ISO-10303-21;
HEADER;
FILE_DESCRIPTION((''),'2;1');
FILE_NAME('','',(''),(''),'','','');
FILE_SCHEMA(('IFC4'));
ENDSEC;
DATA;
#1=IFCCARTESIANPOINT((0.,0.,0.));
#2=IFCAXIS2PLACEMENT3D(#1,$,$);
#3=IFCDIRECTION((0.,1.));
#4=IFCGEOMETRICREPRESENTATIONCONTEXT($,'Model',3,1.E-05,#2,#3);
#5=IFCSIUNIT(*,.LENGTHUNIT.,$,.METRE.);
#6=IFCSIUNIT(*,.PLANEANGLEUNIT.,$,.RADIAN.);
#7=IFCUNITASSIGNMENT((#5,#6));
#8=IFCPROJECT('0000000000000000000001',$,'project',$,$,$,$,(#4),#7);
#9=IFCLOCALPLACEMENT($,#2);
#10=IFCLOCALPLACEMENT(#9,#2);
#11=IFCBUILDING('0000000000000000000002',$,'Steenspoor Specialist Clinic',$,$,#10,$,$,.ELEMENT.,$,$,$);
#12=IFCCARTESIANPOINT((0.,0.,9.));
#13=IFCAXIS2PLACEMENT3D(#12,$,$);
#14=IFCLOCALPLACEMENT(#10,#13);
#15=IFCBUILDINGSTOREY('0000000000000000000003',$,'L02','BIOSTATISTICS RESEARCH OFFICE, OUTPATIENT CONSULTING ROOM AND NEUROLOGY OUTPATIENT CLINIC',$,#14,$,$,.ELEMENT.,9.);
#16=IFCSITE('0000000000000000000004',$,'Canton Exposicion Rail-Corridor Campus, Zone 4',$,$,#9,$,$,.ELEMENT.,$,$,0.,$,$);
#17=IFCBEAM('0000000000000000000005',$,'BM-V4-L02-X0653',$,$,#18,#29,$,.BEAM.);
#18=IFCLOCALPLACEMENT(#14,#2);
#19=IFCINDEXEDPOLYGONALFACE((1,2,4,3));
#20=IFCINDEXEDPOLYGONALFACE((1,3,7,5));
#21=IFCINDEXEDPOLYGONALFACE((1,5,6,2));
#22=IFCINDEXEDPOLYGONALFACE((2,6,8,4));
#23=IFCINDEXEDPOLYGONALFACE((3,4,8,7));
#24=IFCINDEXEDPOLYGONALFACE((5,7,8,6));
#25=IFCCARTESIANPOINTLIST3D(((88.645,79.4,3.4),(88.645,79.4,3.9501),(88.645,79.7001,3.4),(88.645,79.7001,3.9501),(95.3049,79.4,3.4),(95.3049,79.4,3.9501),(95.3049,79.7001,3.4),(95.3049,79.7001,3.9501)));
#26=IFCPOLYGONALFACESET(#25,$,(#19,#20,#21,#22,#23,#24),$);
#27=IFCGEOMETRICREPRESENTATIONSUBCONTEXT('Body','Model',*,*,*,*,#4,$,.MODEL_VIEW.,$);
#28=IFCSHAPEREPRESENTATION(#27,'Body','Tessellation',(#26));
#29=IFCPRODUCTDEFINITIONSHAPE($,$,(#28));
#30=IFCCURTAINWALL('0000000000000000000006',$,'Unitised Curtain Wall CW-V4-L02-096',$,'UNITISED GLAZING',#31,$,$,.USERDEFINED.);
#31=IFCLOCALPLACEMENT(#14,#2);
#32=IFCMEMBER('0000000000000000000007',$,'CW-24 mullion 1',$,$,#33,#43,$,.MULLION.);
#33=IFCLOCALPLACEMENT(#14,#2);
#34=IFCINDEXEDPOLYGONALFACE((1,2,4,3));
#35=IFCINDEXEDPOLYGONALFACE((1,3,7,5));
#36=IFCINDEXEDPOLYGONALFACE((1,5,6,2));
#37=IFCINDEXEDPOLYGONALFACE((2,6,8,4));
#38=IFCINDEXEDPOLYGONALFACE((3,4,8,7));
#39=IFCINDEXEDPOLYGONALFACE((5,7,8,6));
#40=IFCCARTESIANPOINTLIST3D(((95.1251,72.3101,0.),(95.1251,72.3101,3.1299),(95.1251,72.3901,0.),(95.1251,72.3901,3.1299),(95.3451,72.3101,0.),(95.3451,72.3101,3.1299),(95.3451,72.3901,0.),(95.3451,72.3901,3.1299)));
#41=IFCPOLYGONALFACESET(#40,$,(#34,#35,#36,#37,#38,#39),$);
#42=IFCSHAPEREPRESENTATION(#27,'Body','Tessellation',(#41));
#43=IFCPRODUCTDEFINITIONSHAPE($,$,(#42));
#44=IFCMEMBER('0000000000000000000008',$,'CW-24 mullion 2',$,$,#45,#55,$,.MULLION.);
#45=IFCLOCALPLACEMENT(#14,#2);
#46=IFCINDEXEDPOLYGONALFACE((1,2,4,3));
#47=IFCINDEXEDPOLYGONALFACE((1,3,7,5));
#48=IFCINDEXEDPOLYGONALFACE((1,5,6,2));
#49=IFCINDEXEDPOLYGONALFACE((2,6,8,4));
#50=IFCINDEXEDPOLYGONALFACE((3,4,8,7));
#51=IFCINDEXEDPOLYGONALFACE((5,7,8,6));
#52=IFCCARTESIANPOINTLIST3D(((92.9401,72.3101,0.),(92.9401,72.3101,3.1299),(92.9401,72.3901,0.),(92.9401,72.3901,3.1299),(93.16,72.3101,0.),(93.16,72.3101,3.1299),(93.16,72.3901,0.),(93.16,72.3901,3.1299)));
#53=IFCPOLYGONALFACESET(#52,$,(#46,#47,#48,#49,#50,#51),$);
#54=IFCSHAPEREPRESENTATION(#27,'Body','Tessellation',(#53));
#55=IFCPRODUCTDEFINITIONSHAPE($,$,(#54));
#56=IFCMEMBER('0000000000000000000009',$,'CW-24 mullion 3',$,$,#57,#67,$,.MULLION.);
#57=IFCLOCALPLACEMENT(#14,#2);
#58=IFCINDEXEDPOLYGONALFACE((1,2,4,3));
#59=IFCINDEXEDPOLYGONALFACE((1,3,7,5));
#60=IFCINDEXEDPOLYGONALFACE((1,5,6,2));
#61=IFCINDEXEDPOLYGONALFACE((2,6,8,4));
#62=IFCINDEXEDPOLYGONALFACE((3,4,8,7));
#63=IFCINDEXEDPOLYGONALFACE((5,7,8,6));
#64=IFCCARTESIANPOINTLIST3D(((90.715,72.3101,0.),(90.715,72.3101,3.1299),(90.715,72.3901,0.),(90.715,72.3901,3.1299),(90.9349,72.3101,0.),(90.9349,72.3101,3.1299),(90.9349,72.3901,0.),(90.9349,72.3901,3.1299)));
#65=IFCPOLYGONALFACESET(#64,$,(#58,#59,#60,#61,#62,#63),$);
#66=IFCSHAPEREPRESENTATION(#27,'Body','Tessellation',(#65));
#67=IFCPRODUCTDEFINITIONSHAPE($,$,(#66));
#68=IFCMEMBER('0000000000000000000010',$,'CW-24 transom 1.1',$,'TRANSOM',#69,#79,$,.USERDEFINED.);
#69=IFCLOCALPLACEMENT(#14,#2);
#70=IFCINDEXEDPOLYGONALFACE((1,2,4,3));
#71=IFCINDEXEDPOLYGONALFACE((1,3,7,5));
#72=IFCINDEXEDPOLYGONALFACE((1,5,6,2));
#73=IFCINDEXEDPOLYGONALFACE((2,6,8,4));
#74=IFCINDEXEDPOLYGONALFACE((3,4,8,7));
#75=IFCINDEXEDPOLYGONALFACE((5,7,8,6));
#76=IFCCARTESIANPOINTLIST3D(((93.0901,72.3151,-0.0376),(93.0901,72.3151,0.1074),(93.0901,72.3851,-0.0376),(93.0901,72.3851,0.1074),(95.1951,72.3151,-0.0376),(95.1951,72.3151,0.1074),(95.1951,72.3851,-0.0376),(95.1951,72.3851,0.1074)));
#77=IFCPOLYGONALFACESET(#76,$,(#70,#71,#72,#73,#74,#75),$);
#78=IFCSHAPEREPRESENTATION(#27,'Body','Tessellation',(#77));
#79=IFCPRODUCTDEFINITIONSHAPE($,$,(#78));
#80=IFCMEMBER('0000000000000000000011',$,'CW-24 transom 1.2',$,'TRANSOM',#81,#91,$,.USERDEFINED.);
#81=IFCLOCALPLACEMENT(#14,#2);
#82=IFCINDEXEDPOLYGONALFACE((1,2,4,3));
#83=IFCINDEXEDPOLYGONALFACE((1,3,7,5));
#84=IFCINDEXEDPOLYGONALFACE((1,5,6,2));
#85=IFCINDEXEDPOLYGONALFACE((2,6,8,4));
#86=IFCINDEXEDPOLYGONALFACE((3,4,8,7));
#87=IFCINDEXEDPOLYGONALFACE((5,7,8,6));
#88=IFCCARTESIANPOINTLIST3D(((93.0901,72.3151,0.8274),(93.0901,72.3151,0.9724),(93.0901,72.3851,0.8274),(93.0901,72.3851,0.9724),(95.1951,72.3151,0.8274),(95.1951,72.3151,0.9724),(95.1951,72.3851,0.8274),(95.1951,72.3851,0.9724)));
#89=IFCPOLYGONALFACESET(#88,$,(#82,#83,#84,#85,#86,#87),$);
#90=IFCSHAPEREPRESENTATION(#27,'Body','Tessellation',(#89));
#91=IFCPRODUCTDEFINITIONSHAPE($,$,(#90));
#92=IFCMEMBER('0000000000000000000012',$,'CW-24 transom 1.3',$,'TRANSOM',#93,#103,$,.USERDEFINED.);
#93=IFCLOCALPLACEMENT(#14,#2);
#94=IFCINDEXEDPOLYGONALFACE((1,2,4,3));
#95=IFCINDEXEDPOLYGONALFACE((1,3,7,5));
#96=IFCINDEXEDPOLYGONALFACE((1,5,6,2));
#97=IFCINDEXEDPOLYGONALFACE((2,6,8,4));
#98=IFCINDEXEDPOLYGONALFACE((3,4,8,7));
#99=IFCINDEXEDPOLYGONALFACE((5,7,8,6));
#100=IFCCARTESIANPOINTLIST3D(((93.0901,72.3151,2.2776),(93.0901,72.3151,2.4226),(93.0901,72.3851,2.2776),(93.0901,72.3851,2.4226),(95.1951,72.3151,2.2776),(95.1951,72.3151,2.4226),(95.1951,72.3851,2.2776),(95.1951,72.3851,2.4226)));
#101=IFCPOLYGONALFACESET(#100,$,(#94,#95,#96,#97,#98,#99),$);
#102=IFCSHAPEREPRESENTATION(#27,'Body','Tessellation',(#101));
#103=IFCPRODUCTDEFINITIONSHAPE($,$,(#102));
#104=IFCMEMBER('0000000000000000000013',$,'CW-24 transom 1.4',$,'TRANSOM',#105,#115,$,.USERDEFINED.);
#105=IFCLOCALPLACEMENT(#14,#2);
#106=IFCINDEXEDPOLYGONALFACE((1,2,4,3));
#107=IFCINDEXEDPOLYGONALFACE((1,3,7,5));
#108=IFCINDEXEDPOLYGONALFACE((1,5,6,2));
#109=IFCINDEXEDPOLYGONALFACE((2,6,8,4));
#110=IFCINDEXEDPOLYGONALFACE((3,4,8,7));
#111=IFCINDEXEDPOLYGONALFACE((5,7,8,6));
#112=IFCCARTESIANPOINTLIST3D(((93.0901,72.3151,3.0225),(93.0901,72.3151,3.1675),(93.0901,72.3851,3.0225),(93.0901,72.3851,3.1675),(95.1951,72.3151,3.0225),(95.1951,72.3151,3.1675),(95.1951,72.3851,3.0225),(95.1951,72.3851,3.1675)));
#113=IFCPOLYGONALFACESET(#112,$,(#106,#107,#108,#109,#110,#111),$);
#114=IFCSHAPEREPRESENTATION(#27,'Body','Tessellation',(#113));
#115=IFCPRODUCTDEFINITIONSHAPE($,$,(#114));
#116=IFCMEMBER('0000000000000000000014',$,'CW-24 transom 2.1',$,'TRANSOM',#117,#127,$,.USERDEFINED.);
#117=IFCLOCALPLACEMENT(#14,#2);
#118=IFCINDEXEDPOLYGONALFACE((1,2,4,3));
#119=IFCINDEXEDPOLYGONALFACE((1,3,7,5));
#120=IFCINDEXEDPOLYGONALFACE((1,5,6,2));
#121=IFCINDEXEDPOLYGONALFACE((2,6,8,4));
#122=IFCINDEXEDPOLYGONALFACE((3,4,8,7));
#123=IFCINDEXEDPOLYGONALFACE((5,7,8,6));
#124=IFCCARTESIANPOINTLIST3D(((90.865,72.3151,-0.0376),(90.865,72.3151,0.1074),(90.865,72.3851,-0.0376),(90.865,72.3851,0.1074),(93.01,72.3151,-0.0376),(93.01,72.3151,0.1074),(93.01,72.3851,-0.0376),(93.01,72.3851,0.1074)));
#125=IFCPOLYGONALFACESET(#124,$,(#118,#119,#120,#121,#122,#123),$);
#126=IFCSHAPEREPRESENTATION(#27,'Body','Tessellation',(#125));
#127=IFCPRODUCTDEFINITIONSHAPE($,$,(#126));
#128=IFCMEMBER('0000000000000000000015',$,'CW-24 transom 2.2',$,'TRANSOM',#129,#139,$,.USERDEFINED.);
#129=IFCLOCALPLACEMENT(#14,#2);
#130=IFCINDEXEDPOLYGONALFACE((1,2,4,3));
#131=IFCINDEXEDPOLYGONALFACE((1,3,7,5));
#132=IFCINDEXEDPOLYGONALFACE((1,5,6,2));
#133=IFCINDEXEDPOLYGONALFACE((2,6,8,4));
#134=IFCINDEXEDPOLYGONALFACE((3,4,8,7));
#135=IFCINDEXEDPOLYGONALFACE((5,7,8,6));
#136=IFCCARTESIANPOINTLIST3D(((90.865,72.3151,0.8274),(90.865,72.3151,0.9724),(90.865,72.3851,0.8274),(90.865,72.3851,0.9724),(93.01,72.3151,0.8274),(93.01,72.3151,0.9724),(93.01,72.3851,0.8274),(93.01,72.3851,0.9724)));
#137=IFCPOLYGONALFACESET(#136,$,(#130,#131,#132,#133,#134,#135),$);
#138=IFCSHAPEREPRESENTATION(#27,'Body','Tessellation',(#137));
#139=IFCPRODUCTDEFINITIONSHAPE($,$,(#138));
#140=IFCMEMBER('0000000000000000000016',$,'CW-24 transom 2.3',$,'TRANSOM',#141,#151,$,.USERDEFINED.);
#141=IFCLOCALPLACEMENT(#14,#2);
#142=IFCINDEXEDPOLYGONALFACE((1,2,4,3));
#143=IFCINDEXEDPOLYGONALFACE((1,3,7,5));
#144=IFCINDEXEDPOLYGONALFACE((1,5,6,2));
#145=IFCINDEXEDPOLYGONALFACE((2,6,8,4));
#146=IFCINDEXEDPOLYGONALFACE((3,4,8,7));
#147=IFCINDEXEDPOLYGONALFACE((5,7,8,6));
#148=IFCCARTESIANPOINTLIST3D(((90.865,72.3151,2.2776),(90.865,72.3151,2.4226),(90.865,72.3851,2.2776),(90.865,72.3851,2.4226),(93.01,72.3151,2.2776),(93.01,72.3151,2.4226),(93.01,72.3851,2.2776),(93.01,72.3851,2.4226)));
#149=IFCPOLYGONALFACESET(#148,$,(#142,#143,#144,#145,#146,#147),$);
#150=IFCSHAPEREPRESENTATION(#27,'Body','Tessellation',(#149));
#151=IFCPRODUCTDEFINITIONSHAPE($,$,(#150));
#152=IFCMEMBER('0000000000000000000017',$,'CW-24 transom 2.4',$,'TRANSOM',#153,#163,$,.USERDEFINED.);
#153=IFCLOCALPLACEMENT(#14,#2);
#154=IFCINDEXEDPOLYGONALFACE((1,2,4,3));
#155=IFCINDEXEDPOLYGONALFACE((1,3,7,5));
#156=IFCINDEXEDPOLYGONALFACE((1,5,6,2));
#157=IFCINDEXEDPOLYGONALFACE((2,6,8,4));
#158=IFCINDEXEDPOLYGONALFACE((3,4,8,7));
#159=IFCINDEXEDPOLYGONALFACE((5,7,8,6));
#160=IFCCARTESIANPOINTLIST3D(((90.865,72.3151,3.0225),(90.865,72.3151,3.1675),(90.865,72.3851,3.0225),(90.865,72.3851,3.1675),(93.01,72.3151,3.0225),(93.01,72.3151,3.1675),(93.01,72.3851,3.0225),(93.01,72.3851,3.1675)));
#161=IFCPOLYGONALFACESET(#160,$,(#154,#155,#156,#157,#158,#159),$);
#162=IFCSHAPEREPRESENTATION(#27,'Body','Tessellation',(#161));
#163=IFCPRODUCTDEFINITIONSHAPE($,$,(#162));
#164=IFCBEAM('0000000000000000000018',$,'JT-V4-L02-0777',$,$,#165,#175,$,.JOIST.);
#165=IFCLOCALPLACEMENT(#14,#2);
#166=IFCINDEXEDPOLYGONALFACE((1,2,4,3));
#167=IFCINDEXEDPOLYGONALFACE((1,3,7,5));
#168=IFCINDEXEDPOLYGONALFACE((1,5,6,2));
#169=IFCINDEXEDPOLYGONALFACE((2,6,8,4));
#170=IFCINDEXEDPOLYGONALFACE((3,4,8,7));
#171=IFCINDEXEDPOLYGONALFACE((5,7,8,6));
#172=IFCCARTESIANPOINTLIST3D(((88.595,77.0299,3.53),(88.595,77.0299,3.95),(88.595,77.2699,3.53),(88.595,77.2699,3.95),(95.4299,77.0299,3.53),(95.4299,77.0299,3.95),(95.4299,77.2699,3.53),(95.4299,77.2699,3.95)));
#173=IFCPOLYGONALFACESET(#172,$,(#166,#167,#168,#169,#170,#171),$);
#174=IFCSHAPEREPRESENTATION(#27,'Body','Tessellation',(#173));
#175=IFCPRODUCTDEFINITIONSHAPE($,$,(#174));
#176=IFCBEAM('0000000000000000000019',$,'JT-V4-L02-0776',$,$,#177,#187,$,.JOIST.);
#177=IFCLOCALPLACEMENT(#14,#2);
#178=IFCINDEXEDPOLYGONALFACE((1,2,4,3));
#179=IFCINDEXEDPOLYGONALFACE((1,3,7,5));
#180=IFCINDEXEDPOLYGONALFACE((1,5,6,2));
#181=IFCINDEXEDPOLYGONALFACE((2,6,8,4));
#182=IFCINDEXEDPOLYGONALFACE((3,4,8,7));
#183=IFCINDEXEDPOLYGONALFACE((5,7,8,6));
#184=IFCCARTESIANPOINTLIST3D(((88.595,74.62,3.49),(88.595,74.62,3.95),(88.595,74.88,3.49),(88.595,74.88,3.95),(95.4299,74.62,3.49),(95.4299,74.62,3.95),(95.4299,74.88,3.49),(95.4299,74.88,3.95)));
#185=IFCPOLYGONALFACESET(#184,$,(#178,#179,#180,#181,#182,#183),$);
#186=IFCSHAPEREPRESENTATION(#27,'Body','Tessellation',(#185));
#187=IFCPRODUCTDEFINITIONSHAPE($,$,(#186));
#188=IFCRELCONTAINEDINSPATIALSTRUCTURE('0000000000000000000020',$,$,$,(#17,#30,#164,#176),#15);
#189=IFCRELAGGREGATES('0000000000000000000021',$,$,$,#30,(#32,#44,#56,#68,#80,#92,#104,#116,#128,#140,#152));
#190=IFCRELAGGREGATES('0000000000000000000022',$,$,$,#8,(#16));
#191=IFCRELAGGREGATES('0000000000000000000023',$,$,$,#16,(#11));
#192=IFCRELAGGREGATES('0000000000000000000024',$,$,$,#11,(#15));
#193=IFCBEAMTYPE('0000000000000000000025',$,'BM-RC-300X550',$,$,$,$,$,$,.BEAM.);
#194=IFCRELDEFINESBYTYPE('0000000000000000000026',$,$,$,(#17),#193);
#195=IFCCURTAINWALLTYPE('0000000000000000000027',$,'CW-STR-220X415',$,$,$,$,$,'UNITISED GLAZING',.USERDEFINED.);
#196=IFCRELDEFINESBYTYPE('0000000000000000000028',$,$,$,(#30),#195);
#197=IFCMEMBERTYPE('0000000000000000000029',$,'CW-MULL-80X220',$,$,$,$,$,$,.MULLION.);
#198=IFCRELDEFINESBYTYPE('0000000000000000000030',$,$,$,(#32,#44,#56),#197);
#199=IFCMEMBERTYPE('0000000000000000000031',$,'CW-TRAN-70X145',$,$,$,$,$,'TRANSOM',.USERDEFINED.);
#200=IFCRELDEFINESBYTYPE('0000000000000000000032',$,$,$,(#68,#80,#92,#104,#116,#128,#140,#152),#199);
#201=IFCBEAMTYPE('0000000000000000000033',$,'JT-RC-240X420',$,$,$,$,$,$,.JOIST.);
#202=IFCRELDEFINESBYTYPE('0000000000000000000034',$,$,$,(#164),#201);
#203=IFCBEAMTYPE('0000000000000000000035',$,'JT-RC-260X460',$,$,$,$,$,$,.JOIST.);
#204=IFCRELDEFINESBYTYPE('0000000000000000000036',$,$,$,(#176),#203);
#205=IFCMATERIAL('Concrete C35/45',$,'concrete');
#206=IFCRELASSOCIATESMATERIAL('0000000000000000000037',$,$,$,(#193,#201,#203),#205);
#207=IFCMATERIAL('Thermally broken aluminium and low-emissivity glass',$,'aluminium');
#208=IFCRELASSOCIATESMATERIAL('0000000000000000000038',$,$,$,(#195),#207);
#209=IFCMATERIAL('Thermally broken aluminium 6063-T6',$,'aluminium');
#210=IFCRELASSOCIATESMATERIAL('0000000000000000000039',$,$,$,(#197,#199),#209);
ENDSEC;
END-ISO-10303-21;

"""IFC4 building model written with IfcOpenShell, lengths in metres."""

from ifc_helpers import new_model, si_unit, direction, frame, origin, origin_2d, place, context, subcontext, project, spatial, rectangle, extrude, material, material_profile, profile_set, type_object, element, aggregate, save


model = new_model("IFC4")

# Units and contexts
model_context = context("Model", 3, precision=1e-05, world=origin(), true_north=direction((0.0, 1.0)))
body_context = subcontext(model_context, "Body", "Model", "MODEL_VIEW")
ifc_project = project(units=[si_unit("LENGTHUNIT", "METRE"), si_unit("PLANEANGLEUNIT", "RADIAN")], contexts=[model_context])

# Site, building, storey
site_placement = place(None, origin())
site = spatial("IfcSite", under=ifc_project, at=site_placement, Name="Canton Exposicion Rail-Corridor Campus, Zone 4", CompositionType="ELEMENT", RefElevation=0.0)
building_placement = place(site_placement, origin())
building = spatial("IfcBuilding", under=site, at=building_placement, Name="Steenspoor Specialist Clinic", CompositionType="ELEMENT")
storey_placement = place(building_placement, frame((0.0, 0.0, 9.0)))
storey = spatial("IfcBuildingStorey", under=building, at=storey_placement, Name="L02", Description="BIOSTATISTICS RESEARCH OFFICE, OUTPATIENT CONSULTING ROOM AND NEUROLOGY OUTPATIENT CLINIC", CompositionType="ELEMENT", Elevation=9.0)

# Beam
ifc_material_1 = material(Name="Concrete C35/45", Category="concrete")
ifc_material_profile_1 = material_profile(ifc_material_1, rectangle(XDim=0.3, YDim=0.55, at=origin_2d()), Name="RC-BM-300X550")
ifc_profile_set_1 = profile_set([ifc_material_profile_1], Name="Concrete C35/45")
beam_type_1 = type_object("IfcBeamType", Name="BM-RC-300X550", PredefinedType="BEAM", material=ifc_profile_set_1)
beam_1_placement = place(storey_placement, frame((88.645, 79.55, 3.675), z_axis=(1.0, 0.0, 0.0), x_axis=(0.0, 1.0, 0.0)))
element("IfcBeam", 1, at=beam_1_placement, inside=storey, type_object=beam_type_1, Name="BM-V4-L02-X0653", PredefinedType="BEAM", context=body_context, shape_type="SweptSolid", body=[
    extrude(rectangle(XDim=0.3, YDim=0.55, at=origin_2d()), origin(), (0.0, 0.0, 1.0), 6.6599),
])

# Curtain wall, members
ifc_material_2 = material(Name="Thermally broken aluminium and low-emissivity glass", Category="aluminium")
curtain_wall_type = type_object("IfcCurtainWallType", Name="CW-STR-220X415", ElementType="UNITISED GLAZING", PredefinedType="USERDEFINED", material=ifc_material_2)
curtain_wall_placement = place(storey_placement, origin())
curtain_wall = element("IfcCurtainWall", 2, at=curtain_wall_placement, inside=storey, type_object=curtain_wall_type, Name="Unitised Curtain Wall CW-V4-L02-096", ObjectType="UNITISED GLAZING", PredefinedType="USERDEFINED")
ifc_material_3 = material(Name="Thermally broken aluminium 6063-T6", Category="aluminium")
ifc_material_profile_2 = material_profile(ifc_material_3, rectangle(XDim=0.0801, YDim=0.22, at=origin_2d()), Name="CWM-80X220")
ifc_profile_set_2 = profile_set([ifc_material_profile_2], Name="Thermally broken aluminium 6063-T6")
member_type_1 = type_object("IfcMemberType", Name="CW-MULL-80X220", PredefinedType="MULLION", material=ifc_profile_set_2)
member_1_placement = place(storey_placement, frame((95.2351, 72.3501, 0.0), z_axis=(0.0, 0.0, 1.0), x_axis=(0.0, -1.0, 0.0)))
member_1 = element("IfcMember", 3, at=member_1_placement, type_object=member_type_1, Name="CW-24 mullion 1", PredefinedType="MULLION", context=body_context, shape_type="SweptSolid", body=[
    extrude(rectangle(XDim=0.0801, YDim=0.22, at=origin_2d()), origin(), (0.0, 0.0, 1.0), 3.1299),
])
member_2_placement = place(storey_placement, frame((93.05, 72.3501, 0.0), z_axis=(0.0, 0.0, 1.0), x_axis=(0.0, -1.0, 0.0)))
member_2 = element("IfcMember", 4, at=member_2_placement, type_object=member_type_1, Name="CW-24 mullion 2", PredefinedType="MULLION", context=body_context, shape_type="SweptSolid", body=[
    extrude(rectangle(XDim=0.0801, YDim=0.22, at=origin_2d()), origin(), (0.0, 0.0, 1.0), 3.1299),
])
member_3_placement = place(storey_placement, frame((90.825, 72.3501, 0.0), z_axis=(0.0, 0.0, 1.0), x_axis=(0.0, -1.0, 0.0)))
member_3 = element("IfcMember", 5, at=member_3_placement, type_object=member_type_1, Name="CW-24 mullion 3", PredefinedType="MULLION", context=body_context, shape_type="SweptSolid", body=[
    extrude(rectangle(XDim=0.0801, YDim=0.22, at=origin_2d()), origin(), (0.0, 0.0, 1.0), 3.1299),
])
ifc_material_profile_3 = material_profile(ifc_material_3, rectangle(XDim=0.0701, YDim=0.145, at=origin_2d()), Name="CWT-70X145")
ifc_profile_set_3 = profile_set([ifc_material_profile_3], Name="Thermally broken aluminium 6063-T6")
member_type_2 = type_object("IfcMemberType", Name="CW-TRAN-70X145", ElementType="TRANSOM", PredefinedType="USERDEFINED", material=ifc_profile_set_3)
member_4_placement = place(storey_placement, frame((95.1951, 72.3501, 0.0349), z_axis=(-1.0, 0.0, 0.0), x_axis=(0.0, -1.0, 0.0)))
member_4 = element("IfcMember", 6, at=member_4_placement, type_object=member_type_2, Name="CW-24 transom 1.1", ObjectType="TRANSOM", PredefinedType="USERDEFINED", context=body_context, shape_type="SweptSolid", body=[
    extrude(rectangle(XDim=0.0701, YDim=0.145, at=origin_2d()), origin(), (0.0, 0.0, 1.0), 2.105),
])
member_5_placement = place(storey_placement, frame((95.1951, 72.3501, 0.8999), z_axis=(-1.0, 0.0, 0.0), x_axis=(0.0, -1.0, 0.0)))
member_5 = element("IfcMember", 7, at=member_5_placement, type_object=member_type_2, Name="CW-24 transom 1.2", ObjectType="TRANSOM", PredefinedType="USERDEFINED", context=body_context, shape_type="SweptSolid", body=[
    extrude(rectangle(XDim=0.0701, YDim=0.145, at=origin_2d()), origin(), (0.0, 0.0, 1.0), 2.105),
])
member_6_placement = place(storey_placement, frame((95.1951, 72.3501, 2.3501), z_axis=(-1.0, 0.0, 0.0), x_axis=(0.0, -1.0, 0.0)))
member_6 = element("IfcMember", 8, at=member_6_placement, type_object=member_type_2, Name="CW-24 transom 1.3", ObjectType="TRANSOM", PredefinedType="USERDEFINED", context=body_context, shape_type="SweptSolid", body=[
    extrude(rectangle(XDim=0.0701, YDim=0.145, at=origin_2d()), origin(), (0.0, 0.0, 1.0), 2.105),
])
member_7_placement = place(storey_placement, frame((95.1951, 72.3501, 3.095), z_axis=(-1.0, 0.0, 0.0), x_axis=(0.0, -1.0, 0.0)))
member_7 = element("IfcMember", 9, at=member_7_placement, type_object=member_type_2, Name="CW-24 transom 1.4", ObjectType="TRANSOM", PredefinedType="USERDEFINED", context=body_context, shape_type="SweptSolid", body=[
    extrude(rectangle(XDim=0.0701, YDim=0.145, at=origin_2d()), origin(), (0.0, 0.0, 1.0), 2.105),
])
member_8_placement = place(storey_placement, frame((93.01, 72.3501, 0.0349), z_axis=(-1.0, 0.0, 0.0), x_axis=(0.0, -1.0, 0.0)))
member_8 = element("IfcMember", 10, at=member_8_placement, type_object=member_type_2, Name="CW-24 transom 2.1", ObjectType="TRANSOM", PredefinedType="USERDEFINED", context=body_context, shape_type="SweptSolid", body=[
    extrude(rectangle(XDim=0.0701, YDim=0.145, at=origin_2d()), origin(), (0.0, 0.0, 1.0), 2.145),
])
member_9_placement = place(storey_placement, frame((93.01, 72.3501, 0.8999), z_axis=(-1.0, 0.0, 0.0), x_axis=(0.0, -1.0, 0.0)))
member_9 = element("IfcMember", 11, at=member_9_placement, type_object=member_type_2, Name="CW-24 transom 2.2", ObjectType="TRANSOM", PredefinedType="USERDEFINED", context=body_context, shape_type="SweptSolid", body=[
    extrude(rectangle(XDim=0.0701, YDim=0.145, at=origin_2d()), origin(), (0.0, 0.0, 1.0), 2.145),
])
member_10_placement = place(storey_placement, frame((93.01, 72.3501, 2.3501), z_axis=(-1.0, 0.0, 0.0), x_axis=(0.0, -1.0, 0.0)))
member_10 = element("IfcMember", 12, at=member_10_placement, type_object=member_type_2, Name="CW-24 transom 2.3", ObjectType="TRANSOM", PredefinedType="USERDEFINED", context=body_context, shape_type="SweptSolid", body=[
    extrude(rectangle(XDim=0.0701, YDim=0.145, at=origin_2d()), origin(), (0.0, 0.0, 1.0), 2.145),
])
member_11_placement = place(storey_placement, frame((93.01, 72.3501, 3.095), z_axis=(-1.0, 0.0, 0.0), x_axis=(0.0, -1.0, 0.0)))
member_11 = element("IfcMember", 13, at=member_11_placement, type_object=member_type_2, Name="CW-24 transom 2.4", ObjectType="TRANSOM", PredefinedType="USERDEFINED", context=body_context, shape_type="SweptSolid", body=[
    extrude(rectangle(XDim=0.0701, YDim=0.145, at=origin_2d()), origin(), (0.0, 0.0, 1.0), 2.145),
])

# Beams
ifc_material_profile_4 = material_profile(ifc_material_1, rectangle(XDim=0.24, YDim=0.4199, at=origin_2d()), Name="RC-JT-240X420")
ifc_profile_set_4 = profile_set([ifc_material_profile_4], Name="Concrete C35/45")
beam_type_2 = type_object("IfcBeamType", Name="JT-RC-240X420", PredefinedType="JOIST", material=ifc_profile_set_4)
beam_2_placement = place(storey_placement, frame((88.595, 77.1499, 3.74), z_axis=(1.0, 0.0, 0.0), x_axis=(0.0, 1.0, 0.0)))
element("IfcBeam", 14, at=beam_2_placement, inside=storey, type_object=beam_type_2, Name="JT-V4-L02-0777", PredefinedType="JOIST", context=body_context, shape_type="SweptSolid", body=[
    extrude(rectangle(XDim=0.24, YDim=0.4199, at=origin_2d()), origin(), (0.0, 0.0, 1.0), 6.835),
])
ifc_material_profile_5 = material_profile(ifc_material_1, rectangle(XDim=0.26, YDim=0.46, at=origin_2d()), Name="RC-JT-260X460")
ifc_profile_set_5 = profile_set([ifc_material_profile_5], Name="Concrete C35/45")
beam_type_3 = type_object("IfcBeamType", Name="JT-RC-260X460", PredefinedType="JOIST", material=ifc_profile_set_5)
beam_3_placement = place(storey_placement, frame((88.595, 74.75, 3.72), z_axis=(1.0, 0.0, 0.0), x_axis=(0.0, 1.0, 0.0)))
element("IfcBeam", 15, at=beam_3_placement, inside=storey, type_object=beam_type_3, Name="JT-V4-L02-0776", PredefinedType="JOIST", context=body_context, shape_type="SweptSolid", body=[
    extrude(rectangle(XDim=0.26, YDim=0.46, at=origin_2d()), origin(), (0.0, 0.0, 1.0), 6.835),
])

aggregate(curtain_wall, [member_1, member_2, member_3, member_4, member_5, member_6, member_7, member_8, member_9, member_10, member_11])

save(model, "model.ifc")
